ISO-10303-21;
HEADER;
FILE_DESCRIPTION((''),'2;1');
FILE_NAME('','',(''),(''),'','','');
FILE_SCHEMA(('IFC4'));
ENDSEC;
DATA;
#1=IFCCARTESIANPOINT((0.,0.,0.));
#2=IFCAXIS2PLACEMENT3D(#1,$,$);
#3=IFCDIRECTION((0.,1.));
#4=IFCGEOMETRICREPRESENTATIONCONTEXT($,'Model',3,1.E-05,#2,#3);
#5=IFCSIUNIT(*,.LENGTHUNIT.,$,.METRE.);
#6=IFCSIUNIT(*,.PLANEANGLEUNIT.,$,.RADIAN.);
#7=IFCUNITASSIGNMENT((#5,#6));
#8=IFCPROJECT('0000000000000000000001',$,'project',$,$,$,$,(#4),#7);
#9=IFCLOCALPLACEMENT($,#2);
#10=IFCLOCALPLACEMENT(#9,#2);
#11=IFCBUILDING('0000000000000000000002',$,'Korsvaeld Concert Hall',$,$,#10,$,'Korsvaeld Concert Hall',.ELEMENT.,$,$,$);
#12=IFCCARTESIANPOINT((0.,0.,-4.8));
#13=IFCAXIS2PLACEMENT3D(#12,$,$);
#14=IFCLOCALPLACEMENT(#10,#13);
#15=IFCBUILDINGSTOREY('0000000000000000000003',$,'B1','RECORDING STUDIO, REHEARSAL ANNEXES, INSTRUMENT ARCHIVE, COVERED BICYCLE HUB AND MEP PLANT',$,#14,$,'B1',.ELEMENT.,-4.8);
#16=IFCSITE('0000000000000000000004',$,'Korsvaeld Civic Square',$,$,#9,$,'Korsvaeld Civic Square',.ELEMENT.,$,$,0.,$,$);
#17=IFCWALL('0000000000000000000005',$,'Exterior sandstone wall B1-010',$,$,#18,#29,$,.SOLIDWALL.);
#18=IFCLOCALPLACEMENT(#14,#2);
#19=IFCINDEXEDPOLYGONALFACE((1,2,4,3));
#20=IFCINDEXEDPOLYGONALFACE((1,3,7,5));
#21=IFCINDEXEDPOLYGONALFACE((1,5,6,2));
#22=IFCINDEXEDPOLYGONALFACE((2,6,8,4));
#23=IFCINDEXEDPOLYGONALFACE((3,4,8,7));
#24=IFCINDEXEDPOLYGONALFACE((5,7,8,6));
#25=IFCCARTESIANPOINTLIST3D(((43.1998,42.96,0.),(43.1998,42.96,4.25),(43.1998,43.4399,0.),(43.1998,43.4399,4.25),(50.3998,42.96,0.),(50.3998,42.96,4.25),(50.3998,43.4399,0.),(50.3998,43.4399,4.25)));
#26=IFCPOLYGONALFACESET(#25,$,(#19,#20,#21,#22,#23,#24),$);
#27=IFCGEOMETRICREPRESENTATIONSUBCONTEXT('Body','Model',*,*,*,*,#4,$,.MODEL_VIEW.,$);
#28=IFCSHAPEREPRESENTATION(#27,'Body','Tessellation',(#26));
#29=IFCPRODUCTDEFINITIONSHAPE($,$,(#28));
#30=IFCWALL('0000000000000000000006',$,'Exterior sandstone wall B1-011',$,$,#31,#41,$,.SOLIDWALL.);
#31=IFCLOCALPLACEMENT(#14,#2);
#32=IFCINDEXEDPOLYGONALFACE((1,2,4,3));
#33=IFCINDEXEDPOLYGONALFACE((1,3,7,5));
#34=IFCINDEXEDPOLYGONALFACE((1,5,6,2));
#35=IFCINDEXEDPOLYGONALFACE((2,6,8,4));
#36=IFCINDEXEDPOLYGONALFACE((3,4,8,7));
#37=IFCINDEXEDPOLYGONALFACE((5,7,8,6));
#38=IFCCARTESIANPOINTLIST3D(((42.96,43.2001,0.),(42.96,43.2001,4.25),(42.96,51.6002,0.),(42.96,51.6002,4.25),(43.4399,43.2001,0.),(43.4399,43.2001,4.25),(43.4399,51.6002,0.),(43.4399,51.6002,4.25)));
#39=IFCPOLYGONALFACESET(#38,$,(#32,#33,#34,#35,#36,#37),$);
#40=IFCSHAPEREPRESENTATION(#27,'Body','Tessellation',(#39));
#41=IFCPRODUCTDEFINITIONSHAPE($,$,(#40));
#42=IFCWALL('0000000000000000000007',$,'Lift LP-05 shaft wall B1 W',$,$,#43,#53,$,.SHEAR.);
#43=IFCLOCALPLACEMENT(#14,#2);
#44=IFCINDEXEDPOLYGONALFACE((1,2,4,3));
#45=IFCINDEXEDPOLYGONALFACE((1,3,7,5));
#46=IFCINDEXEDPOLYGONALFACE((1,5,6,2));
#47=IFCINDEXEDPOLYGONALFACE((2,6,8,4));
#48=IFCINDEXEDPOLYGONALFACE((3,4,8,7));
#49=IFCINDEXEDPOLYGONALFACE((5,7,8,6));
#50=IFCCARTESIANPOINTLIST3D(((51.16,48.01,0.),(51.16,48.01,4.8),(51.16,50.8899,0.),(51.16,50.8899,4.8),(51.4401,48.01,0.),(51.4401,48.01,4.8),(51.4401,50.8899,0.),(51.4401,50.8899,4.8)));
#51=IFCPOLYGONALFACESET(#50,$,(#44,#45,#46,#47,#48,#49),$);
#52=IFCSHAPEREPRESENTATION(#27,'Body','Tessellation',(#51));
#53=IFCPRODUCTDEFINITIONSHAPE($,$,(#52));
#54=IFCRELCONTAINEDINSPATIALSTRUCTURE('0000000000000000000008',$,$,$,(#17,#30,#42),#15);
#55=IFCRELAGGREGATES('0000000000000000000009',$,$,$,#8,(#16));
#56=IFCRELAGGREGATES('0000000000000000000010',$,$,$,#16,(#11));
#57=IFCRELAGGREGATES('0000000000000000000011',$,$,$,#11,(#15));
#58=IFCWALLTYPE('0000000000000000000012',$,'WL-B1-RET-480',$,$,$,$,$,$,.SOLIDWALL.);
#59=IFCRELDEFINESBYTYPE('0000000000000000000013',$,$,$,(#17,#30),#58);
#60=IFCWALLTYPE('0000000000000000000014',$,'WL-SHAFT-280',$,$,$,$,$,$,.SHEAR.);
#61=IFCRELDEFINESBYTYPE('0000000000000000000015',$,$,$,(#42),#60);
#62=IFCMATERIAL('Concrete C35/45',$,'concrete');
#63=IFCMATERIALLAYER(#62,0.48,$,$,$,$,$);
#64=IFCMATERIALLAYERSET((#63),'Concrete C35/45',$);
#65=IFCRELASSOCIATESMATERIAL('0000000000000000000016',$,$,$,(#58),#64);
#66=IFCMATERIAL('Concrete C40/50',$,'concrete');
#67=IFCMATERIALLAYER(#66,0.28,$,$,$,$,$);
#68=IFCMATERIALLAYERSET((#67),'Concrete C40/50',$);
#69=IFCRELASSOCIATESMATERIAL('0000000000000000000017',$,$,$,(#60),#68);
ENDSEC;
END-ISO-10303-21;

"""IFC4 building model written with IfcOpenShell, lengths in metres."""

from ifc_helpers import new_model, si_unit, direction, frame, frame_2d, origin, place, context, subcontext, project, spatial, rectangle, extrude, material, layer, layer_set, type_object, element, save


model = new_model("IFC4")

# Units and contexts
model_context = context("Model", 3, precision=1e-05, world=origin(), true_north=direction((0.0, 1.0)))
body_context = subcontext(model_context, "Body", "Model", "MODEL_VIEW")
ifc_project = project(units=[si_unit("LENGTHUNIT", "METRE"), si_unit("PLANEANGLEUNIT", "RADIAN")], contexts=[model_context])

# Site, building, storey
site_placement = place(None, origin())
site = spatial("IfcSite", under=ifc_project, at=site_placement, Name="Korsvaeld Civic Square", LongName="Korsvaeld Civic Square", CompositionType="ELEMENT", RefElevation=0.0)
building_placement = place(site_placement, origin())
building = spatial("IfcBuilding", under=site, at=building_placement, Name="Korsvaeld Concert Hall", LongName="Korsvaeld Concert Hall", CompositionType="ELEMENT")
storey_placement = place(building_placement, frame((0.0, 0.0, -4.8)))
storey = spatial("IfcBuildingStorey", under=building, at=storey_placement, Name="B1", Description="RECORDING STUDIO, REHEARSAL ANNEXES, INSTRUMENT ARCHIVE, COVERED BICYCLE HUB AND MEP PLANT", LongName="B1", CompositionType="ELEMENT", Elevation=-4.8)

# Shared definitions
ifc_material_1 = material(Name="Concrete C35/45", Category="concrete")

# Shared definitions
ifc_material_2 = material(Name="Concrete C40/50", Category="concrete")

# Walls
ifc_layer_1 = layer(ifc_material_1, 0.48)
ifc_layer_set_1 = layer_set([ifc_layer_1], Name="Concrete C35/45")
wall_type_1 = type_object("IfcWallType", Name="WL-B1-RET-480", PredefinedType="SOLIDWALL", material=ifc_layer_set_1)
wall_1_placement = place(storey_placement, frame((50.3999, 43.2, 0.0), z_axis=(0.0, 0.0, 1.0), x_axis=(-1.0, 0.0, 0.0)))
element("IfcWall", 1, at=wall_1_placement, inside=storey, type_object=wall_type_1, Name="Exterior sandstone wall B1-010", PredefinedType="SOLIDWALL", context=body_context, shape_type="SweptSolid", body=[
    extrude(rectangle(XDim=7.2, YDim=0.48, at=frame_2d((3.6001, 0.0))), origin(), (0.0, 0.0, 1.0), 4.25),
])
wall_2_placement = place(storey_placement, frame((43.2, 43.2, 0.0), z_axis=(0.0, 0.0, 1.0), x_axis=(0.0, 1.0, 0.0)))
element("IfcWall", 2, at=wall_2_placement, inside=storey, type_object=wall_type_1, Name="Exterior sandstone wall B1-011", PredefinedType="SOLIDWALL", context=body_context, shape_type="SweptSolid", body=[
    extrude(rectangle(XDim=8.4001, YDim=0.48, at=frame_2d((4.2002, 0.0))), origin(), (0.0, 0.0, 1.0), 4.25),
])
ifc_layer_2 = layer(ifc_material_2, 0.28)
ifc_layer_set_2 = layer_set([ifc_layer_2], Name="Concrete C40/50")
wall_type_2 = type_object("IfcWallType", Name="WL-SHAFT-280", PredefinedType="SHEAR", material=ifc_layer_set_2)
wall_3_placement = place(storey_placement, frame((51.3, 50.8899, 0.0), z_axis=(0.0, 0.0, 1.0), x_axis=(0.0, -1.0, 0.0)))
element("IfcWall", 3, at=wall_3_placement, inside=storey, type_object=wall_type_2, Name="Lift LP-05 shaft wall B1 W", PredefinedType="SHEAR", context=body_context, shape_type="SweptSolid", body=[
    extrude(rectangle(XDim=2.8799, YDim=0.28, at=frame_2d((1.4399, 0.0))), origin(), (0.0, 0.0, 1.0), 4.8),
])

save(model, "model.ifc")
